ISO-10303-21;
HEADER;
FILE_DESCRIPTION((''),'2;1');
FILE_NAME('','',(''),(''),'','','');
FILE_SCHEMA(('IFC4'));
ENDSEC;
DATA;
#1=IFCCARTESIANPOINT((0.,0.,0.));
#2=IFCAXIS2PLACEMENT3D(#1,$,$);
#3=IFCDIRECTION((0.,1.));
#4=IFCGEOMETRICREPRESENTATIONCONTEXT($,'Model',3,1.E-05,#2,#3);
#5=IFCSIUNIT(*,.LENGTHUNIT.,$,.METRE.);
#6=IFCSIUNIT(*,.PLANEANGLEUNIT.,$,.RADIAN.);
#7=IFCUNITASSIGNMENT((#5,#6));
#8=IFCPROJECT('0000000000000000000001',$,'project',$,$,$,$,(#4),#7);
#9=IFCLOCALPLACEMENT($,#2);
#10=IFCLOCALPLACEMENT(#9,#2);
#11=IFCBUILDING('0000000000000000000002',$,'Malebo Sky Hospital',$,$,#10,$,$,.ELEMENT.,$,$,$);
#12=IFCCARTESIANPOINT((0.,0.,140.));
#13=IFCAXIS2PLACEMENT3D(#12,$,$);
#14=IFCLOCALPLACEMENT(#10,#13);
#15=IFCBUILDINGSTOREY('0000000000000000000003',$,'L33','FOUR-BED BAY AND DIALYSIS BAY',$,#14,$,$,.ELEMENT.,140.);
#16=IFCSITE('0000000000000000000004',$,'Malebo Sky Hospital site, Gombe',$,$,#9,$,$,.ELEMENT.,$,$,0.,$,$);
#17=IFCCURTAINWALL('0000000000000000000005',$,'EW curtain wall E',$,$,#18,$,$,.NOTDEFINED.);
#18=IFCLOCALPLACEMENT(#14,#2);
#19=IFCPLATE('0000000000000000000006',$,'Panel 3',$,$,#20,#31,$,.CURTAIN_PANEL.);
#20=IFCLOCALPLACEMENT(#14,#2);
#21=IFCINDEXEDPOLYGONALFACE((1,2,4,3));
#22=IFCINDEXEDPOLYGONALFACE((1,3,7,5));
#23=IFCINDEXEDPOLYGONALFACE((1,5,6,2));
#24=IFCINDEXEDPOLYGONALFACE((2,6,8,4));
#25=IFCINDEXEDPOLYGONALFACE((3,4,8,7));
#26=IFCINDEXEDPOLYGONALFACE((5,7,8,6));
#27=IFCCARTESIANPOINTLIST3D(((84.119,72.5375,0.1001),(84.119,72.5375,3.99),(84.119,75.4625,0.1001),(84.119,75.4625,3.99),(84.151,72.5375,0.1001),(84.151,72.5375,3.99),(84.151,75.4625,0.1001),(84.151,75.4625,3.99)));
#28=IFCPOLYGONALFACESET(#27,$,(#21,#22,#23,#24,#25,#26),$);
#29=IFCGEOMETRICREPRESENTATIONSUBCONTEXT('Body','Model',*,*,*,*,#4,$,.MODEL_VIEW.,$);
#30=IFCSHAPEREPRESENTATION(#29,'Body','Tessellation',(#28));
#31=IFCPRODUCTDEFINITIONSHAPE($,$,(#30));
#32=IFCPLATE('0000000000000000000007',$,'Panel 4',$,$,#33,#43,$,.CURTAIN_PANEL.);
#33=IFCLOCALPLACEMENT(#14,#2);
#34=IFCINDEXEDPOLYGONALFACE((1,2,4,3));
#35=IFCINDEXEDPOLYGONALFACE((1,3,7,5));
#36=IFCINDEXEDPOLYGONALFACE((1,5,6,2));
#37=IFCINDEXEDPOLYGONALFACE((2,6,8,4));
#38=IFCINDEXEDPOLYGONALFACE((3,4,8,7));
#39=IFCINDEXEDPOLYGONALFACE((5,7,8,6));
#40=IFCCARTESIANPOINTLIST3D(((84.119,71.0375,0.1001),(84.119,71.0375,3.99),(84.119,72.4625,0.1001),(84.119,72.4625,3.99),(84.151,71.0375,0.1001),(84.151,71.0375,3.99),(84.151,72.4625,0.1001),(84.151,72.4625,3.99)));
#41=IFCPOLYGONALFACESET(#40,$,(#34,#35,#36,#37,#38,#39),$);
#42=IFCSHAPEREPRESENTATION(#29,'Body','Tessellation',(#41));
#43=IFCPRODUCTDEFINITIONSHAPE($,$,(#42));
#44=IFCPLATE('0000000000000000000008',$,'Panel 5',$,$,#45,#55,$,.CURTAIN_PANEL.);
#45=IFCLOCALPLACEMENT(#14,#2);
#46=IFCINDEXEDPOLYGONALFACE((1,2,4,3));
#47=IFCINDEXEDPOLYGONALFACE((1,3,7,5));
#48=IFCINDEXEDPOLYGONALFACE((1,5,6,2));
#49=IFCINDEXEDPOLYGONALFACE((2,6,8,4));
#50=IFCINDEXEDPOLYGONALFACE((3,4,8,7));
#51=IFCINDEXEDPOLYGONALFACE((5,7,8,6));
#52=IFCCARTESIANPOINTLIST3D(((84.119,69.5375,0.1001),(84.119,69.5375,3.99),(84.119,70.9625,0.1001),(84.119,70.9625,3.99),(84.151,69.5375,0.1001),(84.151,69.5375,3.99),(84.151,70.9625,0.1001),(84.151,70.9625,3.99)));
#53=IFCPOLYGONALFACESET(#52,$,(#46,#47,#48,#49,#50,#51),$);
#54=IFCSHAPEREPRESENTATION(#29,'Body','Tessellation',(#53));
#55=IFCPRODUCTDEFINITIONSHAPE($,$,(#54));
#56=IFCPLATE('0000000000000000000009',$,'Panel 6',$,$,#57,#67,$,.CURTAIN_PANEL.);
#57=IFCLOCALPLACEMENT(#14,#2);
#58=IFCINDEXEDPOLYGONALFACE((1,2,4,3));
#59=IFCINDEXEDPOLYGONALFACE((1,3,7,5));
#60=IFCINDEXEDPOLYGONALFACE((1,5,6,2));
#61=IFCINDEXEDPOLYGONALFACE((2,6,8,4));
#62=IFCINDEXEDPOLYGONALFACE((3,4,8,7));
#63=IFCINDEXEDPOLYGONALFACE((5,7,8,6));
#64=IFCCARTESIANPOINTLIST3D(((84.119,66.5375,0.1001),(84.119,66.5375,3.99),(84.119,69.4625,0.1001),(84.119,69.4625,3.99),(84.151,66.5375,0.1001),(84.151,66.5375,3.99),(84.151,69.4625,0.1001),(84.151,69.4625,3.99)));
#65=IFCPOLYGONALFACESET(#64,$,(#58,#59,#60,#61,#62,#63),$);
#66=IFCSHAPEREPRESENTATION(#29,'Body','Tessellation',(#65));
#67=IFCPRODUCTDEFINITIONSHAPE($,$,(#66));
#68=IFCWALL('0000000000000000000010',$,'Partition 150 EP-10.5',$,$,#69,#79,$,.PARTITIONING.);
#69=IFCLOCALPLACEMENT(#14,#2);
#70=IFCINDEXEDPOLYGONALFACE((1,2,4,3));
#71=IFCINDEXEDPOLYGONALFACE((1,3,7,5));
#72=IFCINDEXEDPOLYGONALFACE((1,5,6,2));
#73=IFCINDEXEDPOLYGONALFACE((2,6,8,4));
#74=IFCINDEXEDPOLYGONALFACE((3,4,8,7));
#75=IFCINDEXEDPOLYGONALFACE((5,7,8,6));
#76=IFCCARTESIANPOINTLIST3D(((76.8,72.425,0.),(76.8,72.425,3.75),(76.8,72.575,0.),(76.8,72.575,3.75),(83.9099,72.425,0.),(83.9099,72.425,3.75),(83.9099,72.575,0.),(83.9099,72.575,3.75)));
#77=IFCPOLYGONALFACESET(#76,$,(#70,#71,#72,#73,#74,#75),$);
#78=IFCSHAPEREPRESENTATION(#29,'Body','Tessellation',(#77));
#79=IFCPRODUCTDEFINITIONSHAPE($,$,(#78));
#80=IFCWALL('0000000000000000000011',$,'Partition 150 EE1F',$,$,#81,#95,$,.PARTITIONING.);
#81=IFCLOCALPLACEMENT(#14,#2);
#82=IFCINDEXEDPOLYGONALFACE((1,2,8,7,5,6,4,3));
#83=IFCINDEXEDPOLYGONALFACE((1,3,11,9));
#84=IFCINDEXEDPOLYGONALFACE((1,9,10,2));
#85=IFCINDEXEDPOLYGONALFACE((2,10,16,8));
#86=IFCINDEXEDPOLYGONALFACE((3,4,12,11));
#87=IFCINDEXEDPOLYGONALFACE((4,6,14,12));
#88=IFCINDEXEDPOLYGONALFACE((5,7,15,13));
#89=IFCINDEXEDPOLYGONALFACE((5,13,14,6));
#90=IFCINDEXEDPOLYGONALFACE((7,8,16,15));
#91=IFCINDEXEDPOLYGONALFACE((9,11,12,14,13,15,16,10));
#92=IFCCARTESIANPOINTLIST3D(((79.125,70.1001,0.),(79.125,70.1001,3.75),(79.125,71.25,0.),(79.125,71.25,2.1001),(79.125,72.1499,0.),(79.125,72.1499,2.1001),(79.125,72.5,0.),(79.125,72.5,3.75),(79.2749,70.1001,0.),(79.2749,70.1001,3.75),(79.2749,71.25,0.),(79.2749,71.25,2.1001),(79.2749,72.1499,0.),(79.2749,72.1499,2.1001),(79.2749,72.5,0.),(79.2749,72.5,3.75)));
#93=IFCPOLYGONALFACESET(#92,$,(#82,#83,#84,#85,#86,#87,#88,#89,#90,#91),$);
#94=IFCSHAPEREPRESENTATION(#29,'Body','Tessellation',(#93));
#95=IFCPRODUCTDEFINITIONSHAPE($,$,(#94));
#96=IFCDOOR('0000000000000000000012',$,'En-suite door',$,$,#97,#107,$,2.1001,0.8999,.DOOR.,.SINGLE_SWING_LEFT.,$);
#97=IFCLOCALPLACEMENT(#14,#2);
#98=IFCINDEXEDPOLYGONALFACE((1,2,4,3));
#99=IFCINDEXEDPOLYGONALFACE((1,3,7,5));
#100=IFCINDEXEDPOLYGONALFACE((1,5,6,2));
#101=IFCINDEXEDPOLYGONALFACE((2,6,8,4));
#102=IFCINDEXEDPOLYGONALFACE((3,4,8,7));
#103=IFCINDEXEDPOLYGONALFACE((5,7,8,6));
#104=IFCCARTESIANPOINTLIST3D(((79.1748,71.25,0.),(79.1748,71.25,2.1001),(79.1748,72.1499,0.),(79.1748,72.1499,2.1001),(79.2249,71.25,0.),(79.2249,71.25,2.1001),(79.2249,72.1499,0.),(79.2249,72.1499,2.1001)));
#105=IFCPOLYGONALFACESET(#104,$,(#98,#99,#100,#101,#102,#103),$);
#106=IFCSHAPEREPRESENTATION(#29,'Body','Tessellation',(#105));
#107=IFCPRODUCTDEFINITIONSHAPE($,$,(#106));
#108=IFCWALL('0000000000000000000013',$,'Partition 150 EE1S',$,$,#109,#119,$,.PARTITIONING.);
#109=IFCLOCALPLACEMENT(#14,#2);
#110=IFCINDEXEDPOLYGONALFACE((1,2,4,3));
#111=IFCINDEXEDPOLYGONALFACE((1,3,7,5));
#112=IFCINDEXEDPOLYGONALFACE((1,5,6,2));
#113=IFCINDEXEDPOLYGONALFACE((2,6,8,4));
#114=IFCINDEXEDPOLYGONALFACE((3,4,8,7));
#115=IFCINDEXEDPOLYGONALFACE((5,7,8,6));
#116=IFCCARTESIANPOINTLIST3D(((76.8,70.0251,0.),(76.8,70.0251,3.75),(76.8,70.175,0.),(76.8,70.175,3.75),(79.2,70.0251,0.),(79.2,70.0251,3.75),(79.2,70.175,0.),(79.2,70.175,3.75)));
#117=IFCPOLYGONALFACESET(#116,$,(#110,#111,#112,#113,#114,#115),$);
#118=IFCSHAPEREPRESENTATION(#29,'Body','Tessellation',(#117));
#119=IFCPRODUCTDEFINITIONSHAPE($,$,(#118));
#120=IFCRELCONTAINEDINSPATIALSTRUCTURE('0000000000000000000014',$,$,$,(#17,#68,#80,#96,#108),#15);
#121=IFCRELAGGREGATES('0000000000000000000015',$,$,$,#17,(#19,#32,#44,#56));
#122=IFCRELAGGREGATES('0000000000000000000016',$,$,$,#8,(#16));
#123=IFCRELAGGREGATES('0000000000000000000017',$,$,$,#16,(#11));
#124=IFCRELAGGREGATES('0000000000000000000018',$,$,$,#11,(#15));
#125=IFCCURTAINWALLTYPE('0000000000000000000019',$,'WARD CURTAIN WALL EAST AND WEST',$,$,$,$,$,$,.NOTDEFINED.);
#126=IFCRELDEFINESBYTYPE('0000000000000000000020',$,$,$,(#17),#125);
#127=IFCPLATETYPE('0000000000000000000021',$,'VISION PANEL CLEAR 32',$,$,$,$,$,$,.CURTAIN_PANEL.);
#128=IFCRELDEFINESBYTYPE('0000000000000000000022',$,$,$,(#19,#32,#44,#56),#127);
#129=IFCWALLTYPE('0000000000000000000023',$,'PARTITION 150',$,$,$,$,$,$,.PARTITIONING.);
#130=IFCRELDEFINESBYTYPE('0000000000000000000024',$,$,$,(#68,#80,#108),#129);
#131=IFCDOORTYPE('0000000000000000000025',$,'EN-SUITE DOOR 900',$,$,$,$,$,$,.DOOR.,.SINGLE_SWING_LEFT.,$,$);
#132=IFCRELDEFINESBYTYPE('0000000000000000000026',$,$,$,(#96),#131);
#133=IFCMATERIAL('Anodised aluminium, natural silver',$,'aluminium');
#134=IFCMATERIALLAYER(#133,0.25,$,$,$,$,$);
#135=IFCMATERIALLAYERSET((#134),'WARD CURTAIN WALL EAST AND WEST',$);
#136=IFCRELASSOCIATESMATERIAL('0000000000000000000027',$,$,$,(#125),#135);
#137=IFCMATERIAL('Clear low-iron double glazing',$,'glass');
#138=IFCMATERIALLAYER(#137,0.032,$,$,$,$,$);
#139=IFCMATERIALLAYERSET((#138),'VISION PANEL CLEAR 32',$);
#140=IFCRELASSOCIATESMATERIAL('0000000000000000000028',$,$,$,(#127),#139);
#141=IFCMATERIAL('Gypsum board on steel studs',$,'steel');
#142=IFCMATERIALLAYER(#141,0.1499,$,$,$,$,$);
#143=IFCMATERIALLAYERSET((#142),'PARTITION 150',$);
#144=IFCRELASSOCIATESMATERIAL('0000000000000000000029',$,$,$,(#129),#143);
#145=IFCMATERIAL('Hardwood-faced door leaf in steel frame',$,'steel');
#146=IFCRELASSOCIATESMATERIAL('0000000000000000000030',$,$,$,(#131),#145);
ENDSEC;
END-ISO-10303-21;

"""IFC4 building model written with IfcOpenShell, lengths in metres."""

from ifc_helpers import new_model, si_unit, direction, frame, frame_2d, origin, origin_2d, place, context, subcontext, project, spatial, rectangle, extrude, material, layer, layer_set, type_object, element, fill, aggregate, save


model = new_model("IFC4")

# Units and contexts
model_context = context("Model", 3, precision=1e-05, world=origin(), true_north=direction((0.0, 1.0)))
body_context = subcontext(model_context, "Body", "Model", "MODEL_VIEW")
ifc_project = project(units=[si_unit("LENGTHUNIT", "METRE"), si_unit("PLANEANGLEUNIT", "RADIAN")], contexts=[model_context])

# Site, building, storey
site_placement = place(None, origin())
site = spatial("IfcSite", under=ifc_project, at=site_placement, Name="Malebo Sky Hospital site, Gombe", CompositionType="ELEMENT", RefElevation=0.0)
building_placement = place(site_placement, origin())
building = spatial("IfcBuilding", under=site, at=building_placement, Name="Malebo Sky Hospital", CompositionType="ELEMENT")
storey_placement = place(building_placement, frame((0.0, 0.0, 140.0)))
storey = spatial("IfcBuildingStorey", under=building, at=storey_placement, Name="L33", Description="FOUR-BED BAY AND DIALYSIS BAY", CompositionType="ELEMENT", Elevation=140.0)

# Curtain wall
ifc_material_1 = material(Name="Anodised aluminium, natural silver", Category="aluminium")
ifc_layer_1 = layer(ifc_material_1, 0.25)
ifc_layer_set_1 = layer_set([ifc_layer_1], Name="WARD CURTAIN WALL EAST AND WEST")
curtain_wall_type = type_object("IfcCurtainWallType", Name="WARD CURTAIN WALL EAST AND WEST", PredefinedType="NOTDEFINED", material=ifc_layer_set_1)
curtain_wall_placement = place(storey_placement, origin())
curtain_wall = element("IfcCurtainWall", 1, at=curtain_wall_placement, inside=storey, type_object=curtain_wall_type, Name="EW curtain wall E", PredefinedType="NOTDEFINED")

# Plates
ifc_material_2 = material(Name="Clear low-iron double glazing", Category="glass")
ifc_layer_2 = layer(ifc_material_2, 0.032)
ifc_layer_set_2 = layer_set([ifc_layer_2], Name="VISION PANEL CLEAR 32")
plate_type = type_object("IfcPlateType", Name="VISION PANEL CLEAR 32", PredefinedType="CURTAIN_PANEL", material=ifc_layer_set_2)
plate_1_placement = place(storey_placement, frame((84.135, 74.0, 0.1001), z_axis=(0.0, 0.0, 1.0), x_axis=(0.0, -1.0, 0.0)))
plate_1 = element("IfcPlate", 2, at=plate_1_placement, type_object=plate_type, Name="Panel 3", PredefinedType="CURTAIN_PANEL", context=body_context, shape_type="SweptSolid", body=[
    extrude(rectangle(XDim=2.925, YDim=0.032, at=origin_2d()), origin(), (0.0, 0.0, 1.0), 3.8899),
])
plate_2_placement = place(storey_placement, frame((84.135, 71.75, 0.1001), z_axis=(0.0, 0.0, 1.0), x_axis=(0.0, -1.0, 0.0)))
plate_2 = element("IfcPlate", 3, at=plate_2_placement, type_object=plate_type, Name="Panel 4", PredefinedType="CURTAIN_PANEL", context=body_context, shape_type="SweptSolid", body=[
    extrude(rectangle(XDim=1.425, YDim=0.032, at=origin_2d()), origin(), (0.0, 0.0, 1.0), 3.8899),
])
plate_3_placement = place(storey_placement, frame((84.135, 70.25, 0.1001), z_axis=(0.0, 0.0, 1.0), x_axis=(0.0, -1.0, 0.0)))
plate_3 = element("IfcPlate", 4, at=plate_3_placement, type_object=plate_type, Name="Panel 5", PredefinedType="CURTAIN_PANEL", context=body_context, shape_type="SweptSolid", body=[
    extrude(rectangle(XDim=1.425, YDim=0.032, at=origin_2d()), origin(), (0.0, 0.0, 1.0), 3.8899),
])
plate_4_placement = place(storey_placement, frame((84.135, 68.0, 0.1001), z_axis=(0.0, 0.0, 1.0), x_axis=(0.0, -1.0, 0.0)))
plate_4 = element("IfcPlate", 5, at=plate_4_placement, type_object=plate_type, Name="Panel 6", PredefinedType="CURTAIN_PANEL", context=body_context, shape_type="SweptSolid", body=[
    extrude(rectangle(XDim=2.925, YDim=0.032, at=origin_2d()), origin(), (0.0, 0.0, 1.0), 3.8899),
])
aggregate(curtain_wall, [plate_1, plate_2, plate_3, plate_4])

# Wall
ifc_material_3 = material(Name="Gypsum board on steel studs", Category="steel")
ifc_layer_3 = layer(ifc_material_3, 0.1499)
ifc_layer_set_3 = layer_set([ifc_layer_3], Name="PARTITION 150")
wall_type = type_object("IfcWallType", Name="PARTITION 150", PredefinedType="PARTITIONING", material=ifc_layer_set_3)
wall_1_placement = place(storey_placement, frame((76.8, 72.5, 0.0), z_axis=(0.0, 0.0, 1.0), x_axis=(1.0, 0.0, 0.0)))
element("IfcWall", 6, at=wall_1_placement, inside=storey, type_object=wall_type, Name="Partition 150 EP-10.5", PredefinedType="PARTITIONING", context=body_context, shape_type="SweptSolid", body=[
    extrude(rectangle(XDim=7.1099, YDim=0.1499, at=frame_2d((3.5549, 0.0))), origin(), (0.0, 0.0, 1.0), 3.75),
])

# Wall, opening, door
wall_2_placement = place(storey_placement, frame((79.2, 72.5, 0.0), z_axis=(0.0, 0.0, 1.0), x_axis=(0.0, -1.0, 0.0)))
wall_2 = element("IfcWall", 7, at=wall_2_placement, inside=storey, type_object=wall_type, Name="Partition 150 EE1F", PredefinedType="PARTITIONING", context=body_context, shape_type="SweptSolid", body=[
    extrude(rectangle(XDim=2.3999, YDim=0.1499, at=frame_2d((1.2, 0.0))), origin(), (0.0, 0.0, 1.0), 3.75),
])
opening_placement = place(wall_2_placement, frame((0.3501, 0.0, 0.0)))
opening = element("IfcOpeningElement", 8, at=opening_placement, cuts=wall_2, PredefinedType="OPENING", context=body_context, shape_type="SweptSolid", body=[
    extrude(rectangle(XDim=0.8999, YDim=2.1001, at=frame_2d((0.45, 1.05))), frame((0.0, 0.085, 0.0), z_axis=(0.0, -1.0, 0.0), x_axis=(1.0, 0.0, 0.0)), (0.0, 0.0, 1.0), 0.1699),
])
ifc_material_4 = material(Name="Hardwood-faced door leaf in steel frame", Category="steel")
door_type = type_object("IfcDoorType", Name="EN-SUITE DOOR 900", OperationType="SINGLE_SWING_LEFT", PredefinedType="DOOR", material=ifc_material_4)
door_placement = place(opening_placement, origin())
door = element("IfcDoor", 9, at=door_placement, inside=storey, type_object=door_type, Name="En-suite door", OperationType="SINGLE_SWING_LEFT", OverallHeight=2.1001, OverallWidth=0.8999, PredefinedType="DOOR", context=body_context, shape_type="SweptSolid", body=[
    extrude(rectangle(XDim=0.8999, YDim=2.1001, at=frame_2d((0.45, 1.05))), frame((0.0, 0.0249, 0.0), z_axis=(0.0, -1.0, 0.0), x_axis=(1.0, 0.0, 0.0)), (0.0, 0.0, 1.0), 0.05),
])
fill(opening, door)

# Wall
wall_3_placement = place(storey_placement, frame((76.8, 70.1001, 0.0), z_axis=(0.0, 0.0, 1.0), x_axis=(1.0, 0.0, 0.0)))
element("IfcWall", 10, at=wall_3_placement, inside=storey, type_object=wall_type, Name="Partition 150 EE1S", PredefinedType="PARTITIONING", context=body_context, shape_type="SweptSolid", body=[
    extrude(rectangle(XDim=2.3999, YDim=0.1499, at=frame_2d((1.2, 0.0))), origin(), (0.0, 0.0, 1.0), 3.75),
])

save(model, "model.ifc")
